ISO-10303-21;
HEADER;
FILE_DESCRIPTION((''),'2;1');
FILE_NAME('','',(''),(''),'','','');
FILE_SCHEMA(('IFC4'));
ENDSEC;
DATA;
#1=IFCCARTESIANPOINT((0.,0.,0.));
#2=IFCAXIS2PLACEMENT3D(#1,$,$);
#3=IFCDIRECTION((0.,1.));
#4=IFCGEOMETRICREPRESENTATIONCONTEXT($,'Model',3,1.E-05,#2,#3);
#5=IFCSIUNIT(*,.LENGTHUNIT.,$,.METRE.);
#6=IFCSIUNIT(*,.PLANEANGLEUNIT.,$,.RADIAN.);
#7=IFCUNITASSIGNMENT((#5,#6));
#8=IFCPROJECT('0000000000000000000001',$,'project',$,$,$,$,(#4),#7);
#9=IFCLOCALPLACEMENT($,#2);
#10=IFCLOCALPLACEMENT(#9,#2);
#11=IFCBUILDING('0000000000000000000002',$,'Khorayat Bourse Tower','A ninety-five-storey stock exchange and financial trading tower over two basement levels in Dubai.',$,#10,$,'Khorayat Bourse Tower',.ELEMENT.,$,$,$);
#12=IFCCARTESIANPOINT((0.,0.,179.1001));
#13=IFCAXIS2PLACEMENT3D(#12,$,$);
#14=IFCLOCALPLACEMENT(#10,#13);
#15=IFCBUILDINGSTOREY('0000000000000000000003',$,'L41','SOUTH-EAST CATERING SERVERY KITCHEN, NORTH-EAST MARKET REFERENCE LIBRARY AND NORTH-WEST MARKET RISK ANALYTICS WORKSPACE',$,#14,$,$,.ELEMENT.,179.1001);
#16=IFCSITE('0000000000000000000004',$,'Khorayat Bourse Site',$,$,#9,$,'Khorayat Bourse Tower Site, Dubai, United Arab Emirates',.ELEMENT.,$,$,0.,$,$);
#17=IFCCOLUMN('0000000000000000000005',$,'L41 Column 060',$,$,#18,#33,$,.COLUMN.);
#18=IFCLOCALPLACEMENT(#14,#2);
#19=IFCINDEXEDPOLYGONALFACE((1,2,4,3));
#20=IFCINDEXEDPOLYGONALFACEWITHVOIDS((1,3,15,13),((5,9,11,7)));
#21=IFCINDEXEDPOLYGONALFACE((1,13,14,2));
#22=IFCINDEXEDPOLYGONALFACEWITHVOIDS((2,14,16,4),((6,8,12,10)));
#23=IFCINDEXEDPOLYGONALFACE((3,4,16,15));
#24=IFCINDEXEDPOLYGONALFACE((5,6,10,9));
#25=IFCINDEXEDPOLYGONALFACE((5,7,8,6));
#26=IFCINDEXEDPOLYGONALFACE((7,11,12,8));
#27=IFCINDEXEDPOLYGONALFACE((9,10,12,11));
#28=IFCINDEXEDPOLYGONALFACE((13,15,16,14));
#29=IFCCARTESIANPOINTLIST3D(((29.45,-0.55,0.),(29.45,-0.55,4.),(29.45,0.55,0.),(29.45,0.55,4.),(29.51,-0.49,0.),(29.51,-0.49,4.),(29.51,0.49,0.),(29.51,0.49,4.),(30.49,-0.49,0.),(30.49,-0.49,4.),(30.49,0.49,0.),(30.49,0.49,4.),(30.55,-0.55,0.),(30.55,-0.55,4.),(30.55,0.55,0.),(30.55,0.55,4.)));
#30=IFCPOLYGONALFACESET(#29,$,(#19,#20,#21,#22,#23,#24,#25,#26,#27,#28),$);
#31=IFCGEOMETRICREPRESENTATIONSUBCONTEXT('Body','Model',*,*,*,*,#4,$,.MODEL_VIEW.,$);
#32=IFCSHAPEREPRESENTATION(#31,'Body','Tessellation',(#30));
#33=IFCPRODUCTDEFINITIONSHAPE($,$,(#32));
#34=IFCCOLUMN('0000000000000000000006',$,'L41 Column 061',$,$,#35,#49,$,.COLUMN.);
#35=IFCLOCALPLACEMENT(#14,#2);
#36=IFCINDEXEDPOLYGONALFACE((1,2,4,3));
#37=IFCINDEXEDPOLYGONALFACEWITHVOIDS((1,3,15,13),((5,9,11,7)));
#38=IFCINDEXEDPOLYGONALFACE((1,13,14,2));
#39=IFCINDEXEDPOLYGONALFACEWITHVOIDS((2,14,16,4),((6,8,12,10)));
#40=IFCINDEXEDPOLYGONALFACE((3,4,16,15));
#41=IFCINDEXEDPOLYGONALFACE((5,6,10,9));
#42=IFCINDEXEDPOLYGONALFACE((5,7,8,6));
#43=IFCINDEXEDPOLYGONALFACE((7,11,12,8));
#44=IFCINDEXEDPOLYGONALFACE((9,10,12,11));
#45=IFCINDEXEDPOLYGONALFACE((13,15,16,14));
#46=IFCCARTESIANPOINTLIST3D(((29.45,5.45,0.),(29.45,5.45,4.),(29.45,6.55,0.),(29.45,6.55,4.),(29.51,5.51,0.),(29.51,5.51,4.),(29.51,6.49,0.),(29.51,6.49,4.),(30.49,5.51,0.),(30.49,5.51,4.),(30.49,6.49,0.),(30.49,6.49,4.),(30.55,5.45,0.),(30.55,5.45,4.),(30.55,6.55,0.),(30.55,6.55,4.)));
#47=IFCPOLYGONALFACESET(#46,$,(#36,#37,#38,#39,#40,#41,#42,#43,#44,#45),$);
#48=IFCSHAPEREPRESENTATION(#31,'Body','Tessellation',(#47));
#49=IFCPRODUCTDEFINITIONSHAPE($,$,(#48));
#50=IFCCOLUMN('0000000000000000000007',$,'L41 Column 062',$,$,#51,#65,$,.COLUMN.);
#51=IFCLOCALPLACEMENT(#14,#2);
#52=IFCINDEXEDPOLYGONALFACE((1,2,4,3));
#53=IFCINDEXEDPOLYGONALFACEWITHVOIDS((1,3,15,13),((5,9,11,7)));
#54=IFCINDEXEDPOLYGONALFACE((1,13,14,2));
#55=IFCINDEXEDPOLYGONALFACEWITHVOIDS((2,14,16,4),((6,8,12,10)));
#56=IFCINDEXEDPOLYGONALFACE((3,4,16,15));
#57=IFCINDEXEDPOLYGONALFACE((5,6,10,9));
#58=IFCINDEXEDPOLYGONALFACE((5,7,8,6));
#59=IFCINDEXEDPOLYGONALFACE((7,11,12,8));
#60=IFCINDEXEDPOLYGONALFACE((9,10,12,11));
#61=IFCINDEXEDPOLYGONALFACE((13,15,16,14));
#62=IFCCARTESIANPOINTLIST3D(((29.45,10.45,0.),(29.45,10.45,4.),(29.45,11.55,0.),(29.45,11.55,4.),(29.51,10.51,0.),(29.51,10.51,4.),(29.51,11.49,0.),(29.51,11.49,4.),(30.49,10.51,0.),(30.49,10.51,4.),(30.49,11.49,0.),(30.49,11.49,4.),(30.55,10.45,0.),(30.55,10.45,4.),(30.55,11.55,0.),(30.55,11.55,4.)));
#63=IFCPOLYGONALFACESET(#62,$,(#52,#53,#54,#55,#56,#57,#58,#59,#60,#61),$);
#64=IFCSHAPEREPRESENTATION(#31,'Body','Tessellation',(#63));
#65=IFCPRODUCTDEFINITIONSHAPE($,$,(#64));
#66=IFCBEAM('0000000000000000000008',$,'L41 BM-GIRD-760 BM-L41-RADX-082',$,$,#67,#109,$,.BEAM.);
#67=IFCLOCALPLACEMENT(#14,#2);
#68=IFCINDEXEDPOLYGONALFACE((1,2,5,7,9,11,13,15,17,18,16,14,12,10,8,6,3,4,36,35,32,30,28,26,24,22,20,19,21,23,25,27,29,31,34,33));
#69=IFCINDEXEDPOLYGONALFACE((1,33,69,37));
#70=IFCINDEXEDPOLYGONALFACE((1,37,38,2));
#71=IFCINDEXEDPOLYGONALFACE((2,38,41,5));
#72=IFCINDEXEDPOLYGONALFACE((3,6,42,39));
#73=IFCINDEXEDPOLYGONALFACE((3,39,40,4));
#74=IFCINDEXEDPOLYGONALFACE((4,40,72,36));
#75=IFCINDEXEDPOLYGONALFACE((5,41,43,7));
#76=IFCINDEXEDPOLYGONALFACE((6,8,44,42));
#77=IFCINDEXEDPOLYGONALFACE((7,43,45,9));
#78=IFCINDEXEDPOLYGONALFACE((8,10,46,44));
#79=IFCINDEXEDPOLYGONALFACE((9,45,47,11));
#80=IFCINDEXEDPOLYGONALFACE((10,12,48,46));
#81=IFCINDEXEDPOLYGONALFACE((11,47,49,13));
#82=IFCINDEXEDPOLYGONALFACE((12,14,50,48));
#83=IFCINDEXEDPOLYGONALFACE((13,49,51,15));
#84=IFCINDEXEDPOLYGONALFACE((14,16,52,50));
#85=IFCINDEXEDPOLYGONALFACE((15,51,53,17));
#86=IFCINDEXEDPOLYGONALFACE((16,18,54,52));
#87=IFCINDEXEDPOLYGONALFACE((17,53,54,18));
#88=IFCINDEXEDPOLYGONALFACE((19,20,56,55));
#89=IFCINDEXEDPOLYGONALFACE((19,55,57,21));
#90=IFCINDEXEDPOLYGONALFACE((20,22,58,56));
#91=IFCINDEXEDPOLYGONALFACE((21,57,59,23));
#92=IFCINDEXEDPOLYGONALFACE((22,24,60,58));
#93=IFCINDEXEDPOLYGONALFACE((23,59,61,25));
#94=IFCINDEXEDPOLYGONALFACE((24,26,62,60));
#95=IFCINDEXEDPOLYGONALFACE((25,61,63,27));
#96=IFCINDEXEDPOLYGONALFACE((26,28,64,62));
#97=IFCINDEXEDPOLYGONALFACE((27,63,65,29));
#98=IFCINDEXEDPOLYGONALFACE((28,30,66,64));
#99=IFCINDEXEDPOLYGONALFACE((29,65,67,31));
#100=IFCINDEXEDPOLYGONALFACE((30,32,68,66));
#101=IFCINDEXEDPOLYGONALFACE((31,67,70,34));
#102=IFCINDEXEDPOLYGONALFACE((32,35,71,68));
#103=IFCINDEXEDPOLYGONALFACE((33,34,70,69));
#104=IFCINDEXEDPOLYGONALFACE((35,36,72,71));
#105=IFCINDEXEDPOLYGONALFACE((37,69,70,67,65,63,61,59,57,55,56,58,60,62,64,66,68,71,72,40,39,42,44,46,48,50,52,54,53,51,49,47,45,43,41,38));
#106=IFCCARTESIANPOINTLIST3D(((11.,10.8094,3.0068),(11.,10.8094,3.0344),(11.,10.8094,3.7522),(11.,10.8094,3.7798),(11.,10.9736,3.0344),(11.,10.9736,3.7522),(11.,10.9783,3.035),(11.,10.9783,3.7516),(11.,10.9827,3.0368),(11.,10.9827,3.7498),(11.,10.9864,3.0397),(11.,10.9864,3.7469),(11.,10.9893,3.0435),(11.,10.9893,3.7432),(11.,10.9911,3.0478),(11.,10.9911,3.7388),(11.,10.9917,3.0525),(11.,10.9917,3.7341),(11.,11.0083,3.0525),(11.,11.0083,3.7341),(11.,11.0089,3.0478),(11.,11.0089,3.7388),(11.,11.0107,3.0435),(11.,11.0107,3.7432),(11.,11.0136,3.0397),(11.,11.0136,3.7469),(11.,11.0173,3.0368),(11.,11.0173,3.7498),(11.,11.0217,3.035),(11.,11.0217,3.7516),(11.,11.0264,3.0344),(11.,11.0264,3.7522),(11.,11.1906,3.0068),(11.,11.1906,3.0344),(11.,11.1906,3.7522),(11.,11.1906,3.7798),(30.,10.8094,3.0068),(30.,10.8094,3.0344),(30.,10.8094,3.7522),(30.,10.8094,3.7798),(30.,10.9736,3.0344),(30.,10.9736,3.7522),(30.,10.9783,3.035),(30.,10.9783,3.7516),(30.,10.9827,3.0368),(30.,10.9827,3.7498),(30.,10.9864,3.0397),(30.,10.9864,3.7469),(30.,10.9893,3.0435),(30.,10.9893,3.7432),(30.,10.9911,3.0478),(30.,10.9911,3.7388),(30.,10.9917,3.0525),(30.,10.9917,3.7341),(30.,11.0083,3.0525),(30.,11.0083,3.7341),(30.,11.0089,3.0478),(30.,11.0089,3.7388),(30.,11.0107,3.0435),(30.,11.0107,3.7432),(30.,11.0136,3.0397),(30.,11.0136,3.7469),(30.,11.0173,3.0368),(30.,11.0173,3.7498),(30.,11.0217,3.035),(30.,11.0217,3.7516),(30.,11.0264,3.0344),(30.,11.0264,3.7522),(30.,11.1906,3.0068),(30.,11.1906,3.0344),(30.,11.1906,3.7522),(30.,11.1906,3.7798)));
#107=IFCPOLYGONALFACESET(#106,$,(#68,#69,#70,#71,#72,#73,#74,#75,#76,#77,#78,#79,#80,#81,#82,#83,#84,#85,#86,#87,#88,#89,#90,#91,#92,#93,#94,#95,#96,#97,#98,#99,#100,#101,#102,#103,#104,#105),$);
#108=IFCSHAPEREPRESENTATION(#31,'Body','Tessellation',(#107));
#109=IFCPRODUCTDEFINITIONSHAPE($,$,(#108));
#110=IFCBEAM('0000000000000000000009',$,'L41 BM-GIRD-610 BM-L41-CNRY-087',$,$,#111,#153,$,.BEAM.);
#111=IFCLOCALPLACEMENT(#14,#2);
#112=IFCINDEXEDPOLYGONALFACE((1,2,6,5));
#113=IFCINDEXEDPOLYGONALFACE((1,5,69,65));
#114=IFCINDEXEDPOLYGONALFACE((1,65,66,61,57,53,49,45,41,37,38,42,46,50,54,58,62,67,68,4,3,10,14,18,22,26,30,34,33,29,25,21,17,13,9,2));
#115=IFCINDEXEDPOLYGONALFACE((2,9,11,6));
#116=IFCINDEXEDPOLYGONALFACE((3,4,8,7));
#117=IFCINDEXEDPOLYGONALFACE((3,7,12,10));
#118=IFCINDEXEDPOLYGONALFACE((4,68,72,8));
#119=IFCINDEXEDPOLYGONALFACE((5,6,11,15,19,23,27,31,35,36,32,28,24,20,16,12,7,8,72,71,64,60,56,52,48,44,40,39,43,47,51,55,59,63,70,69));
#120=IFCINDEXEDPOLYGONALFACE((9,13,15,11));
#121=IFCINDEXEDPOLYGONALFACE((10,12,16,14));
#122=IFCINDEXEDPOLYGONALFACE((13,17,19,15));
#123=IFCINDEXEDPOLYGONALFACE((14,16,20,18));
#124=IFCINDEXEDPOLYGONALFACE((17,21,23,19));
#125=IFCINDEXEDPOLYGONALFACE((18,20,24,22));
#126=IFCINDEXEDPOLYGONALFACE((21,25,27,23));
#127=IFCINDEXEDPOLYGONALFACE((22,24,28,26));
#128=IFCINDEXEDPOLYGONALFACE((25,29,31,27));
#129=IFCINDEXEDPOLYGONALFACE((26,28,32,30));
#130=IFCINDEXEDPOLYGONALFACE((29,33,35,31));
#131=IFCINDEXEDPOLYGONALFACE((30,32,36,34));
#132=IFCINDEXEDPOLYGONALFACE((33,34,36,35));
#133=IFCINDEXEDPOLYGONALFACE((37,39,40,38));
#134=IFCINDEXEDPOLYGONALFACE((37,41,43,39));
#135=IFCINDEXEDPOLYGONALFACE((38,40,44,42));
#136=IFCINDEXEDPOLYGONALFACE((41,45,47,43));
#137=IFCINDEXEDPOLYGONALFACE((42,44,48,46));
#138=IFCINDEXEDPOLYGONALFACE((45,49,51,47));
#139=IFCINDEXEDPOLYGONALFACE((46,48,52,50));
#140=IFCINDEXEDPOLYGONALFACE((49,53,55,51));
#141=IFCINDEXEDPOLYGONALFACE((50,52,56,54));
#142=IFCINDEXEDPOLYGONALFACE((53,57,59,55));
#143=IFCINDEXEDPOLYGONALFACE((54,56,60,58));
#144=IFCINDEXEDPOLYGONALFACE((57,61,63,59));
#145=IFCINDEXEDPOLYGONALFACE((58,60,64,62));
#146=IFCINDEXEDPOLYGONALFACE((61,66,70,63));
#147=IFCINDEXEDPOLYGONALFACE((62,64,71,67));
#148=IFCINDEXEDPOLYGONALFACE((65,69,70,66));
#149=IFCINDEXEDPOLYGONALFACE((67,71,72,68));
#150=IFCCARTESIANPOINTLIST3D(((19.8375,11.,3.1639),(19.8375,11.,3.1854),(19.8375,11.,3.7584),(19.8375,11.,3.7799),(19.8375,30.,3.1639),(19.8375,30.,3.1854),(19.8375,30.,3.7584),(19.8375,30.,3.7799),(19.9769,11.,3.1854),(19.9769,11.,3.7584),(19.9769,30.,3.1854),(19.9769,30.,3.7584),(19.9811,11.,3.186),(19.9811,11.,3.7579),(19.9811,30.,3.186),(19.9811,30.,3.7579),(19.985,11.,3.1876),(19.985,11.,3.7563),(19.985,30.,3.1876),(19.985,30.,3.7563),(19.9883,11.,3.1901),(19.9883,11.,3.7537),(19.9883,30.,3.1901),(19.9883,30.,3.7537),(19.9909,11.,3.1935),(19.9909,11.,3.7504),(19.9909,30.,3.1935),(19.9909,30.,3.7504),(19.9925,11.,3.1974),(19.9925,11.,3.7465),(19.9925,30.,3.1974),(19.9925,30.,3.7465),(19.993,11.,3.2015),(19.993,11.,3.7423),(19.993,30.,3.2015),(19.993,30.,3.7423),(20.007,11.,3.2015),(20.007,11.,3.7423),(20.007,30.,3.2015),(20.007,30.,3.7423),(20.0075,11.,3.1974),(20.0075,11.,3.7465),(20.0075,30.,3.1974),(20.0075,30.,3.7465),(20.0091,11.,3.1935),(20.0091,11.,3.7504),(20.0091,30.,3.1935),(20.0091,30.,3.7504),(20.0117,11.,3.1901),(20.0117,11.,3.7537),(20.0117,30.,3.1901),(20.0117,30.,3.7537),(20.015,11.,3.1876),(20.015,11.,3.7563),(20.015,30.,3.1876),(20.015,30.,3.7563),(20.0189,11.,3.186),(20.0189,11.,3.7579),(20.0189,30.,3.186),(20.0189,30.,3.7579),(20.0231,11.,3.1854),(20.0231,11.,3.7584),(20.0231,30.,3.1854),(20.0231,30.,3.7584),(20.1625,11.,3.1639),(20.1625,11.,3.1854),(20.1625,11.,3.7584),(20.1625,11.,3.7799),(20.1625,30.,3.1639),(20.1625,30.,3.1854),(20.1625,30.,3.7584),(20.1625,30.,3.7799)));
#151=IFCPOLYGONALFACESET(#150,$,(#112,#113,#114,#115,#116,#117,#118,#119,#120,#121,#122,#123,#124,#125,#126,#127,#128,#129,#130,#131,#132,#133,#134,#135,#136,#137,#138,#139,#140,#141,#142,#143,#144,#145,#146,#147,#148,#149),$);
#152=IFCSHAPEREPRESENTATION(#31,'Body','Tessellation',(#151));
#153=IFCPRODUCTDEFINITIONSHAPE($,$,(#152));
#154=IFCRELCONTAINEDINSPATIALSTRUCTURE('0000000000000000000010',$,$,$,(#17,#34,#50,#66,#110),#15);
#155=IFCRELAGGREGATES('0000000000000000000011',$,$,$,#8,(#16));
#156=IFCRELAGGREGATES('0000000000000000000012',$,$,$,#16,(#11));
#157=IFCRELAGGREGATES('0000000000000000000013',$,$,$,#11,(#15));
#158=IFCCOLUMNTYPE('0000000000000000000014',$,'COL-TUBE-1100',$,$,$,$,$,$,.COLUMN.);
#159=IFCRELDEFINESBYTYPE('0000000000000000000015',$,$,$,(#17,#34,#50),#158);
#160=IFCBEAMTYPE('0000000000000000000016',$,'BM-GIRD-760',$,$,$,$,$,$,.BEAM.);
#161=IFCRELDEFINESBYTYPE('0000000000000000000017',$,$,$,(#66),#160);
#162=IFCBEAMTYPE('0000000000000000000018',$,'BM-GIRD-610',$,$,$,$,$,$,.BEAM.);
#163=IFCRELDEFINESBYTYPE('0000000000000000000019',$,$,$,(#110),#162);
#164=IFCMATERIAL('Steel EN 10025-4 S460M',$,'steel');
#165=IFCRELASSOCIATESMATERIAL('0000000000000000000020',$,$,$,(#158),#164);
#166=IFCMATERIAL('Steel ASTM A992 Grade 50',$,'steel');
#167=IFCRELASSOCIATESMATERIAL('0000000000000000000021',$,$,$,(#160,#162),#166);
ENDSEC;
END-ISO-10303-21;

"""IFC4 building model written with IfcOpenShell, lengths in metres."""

from ifc_helpers import new_model, si_unit, direction, frame, origin, origin_2d, place, context, subcontext, project, spatial, hollow_rectangle, i_section, extrude, source, transform, mapped, material, material_profile, profile_set, type_object, element, save


model = new_model("IFC4")

# Units and contexts
model_context = context("Model", 3, precision=1e-05, world=origin(), true_north=direction((0.0, 1.0)))
body_context = subcontext(model_context, "Body", "Model", "MODEL_VIEW")
ifc_project = project(units=[si_unit("LENGTHUNIT", "METRE"), si_unit("PLANEANGLEUNIT", "RADIAN")], contexts=[model_context])

# Site, building, storey
site_placement = place(None, origin())
site = spatial("IfcSite", under=ifc_project, at=site_placement, Name="Khorayat Bourse Site", LongName="Khorayat Bourse Tower Site, Dubai, United Arab Emirates", CompositionType="ELEMENT", RefElevation=0.0)
building_placement = place(site_placement, origin())
building = spatial("IfcBuilding", under=site, at=building_placement, Name="Khorayat Bourse Tower", Description="A ninety-five-storey stock exchange and financial trading tower over two basement levels in Dubai.", LongName="Khorayat Bourse Tower", CompositionType="ELEMENT")
storey_placement = place(building_placement, frame((0.0, 0.0, 179.1001)))
storey = spatial("IfcBuildingStorey", under=building, at=storey_placement, Name="L41", Description="SOUTH-EAST CATERING SERVERY KITCHEN, NORTH-EAST MARKET REFERENCE LIBRARY AND NORTH-WEST MARKET RISK ANALYTICS WORKSPACE", CompositionType="ELEMENT", Elevation=179.1001)

# Columns
ifc_material_1 = material(Name="Steel EN 10025-4 S460M", Category="steel")
ifc_material_profile_1 = material_profile(ifc_material_1, hollow_rectangle(XDim=1.1001, YDim=1.1001, WallThickness=0.0601, at=origin_2d()), Name="BOX 1100x1100x60")
ifc_profile_set_1 = profile_set([ifc_material_profile_1], Name="Steel EN 10025-4 S460M")
column_type = type_object("IfcColumnType", Name="COL-TUBE-1100", PredefinedType="COLUMN", material=ifc_profile_set_1)
shared_shape_1 = source(origin(), body_context, "Body", "SweptSolid", [
    extrude(hollow_rectangle(XDim=1.1001, YDim=1.1001, WallThickness=0.0601, at=origin_2d()), origin(), (0.0, 0.0, 1.0), 4.0),
])
for number, where, z_axis, x_axis, name in (
    (1, (30.0, 0.0, 0.0), (0.0, 0.0, 1.0), (1.0, 0.0, 0.0), "L41 Column 060"),
    (2, (30.0, 6.0, 0.0), (0.0, 0.0, 1.0), (1.0, 0.0, 0.0), "L41 Column 061"),
    (3, (30.0, 11.0, 0.0), (0.0, 0.0, 1.0), (1.0, 0.0, 0.0), "L41 Column 062"),
):
    element("IfcColumn", number, at=place(storey_placement, frame(where, z_axis=z_axis, x_axis=x_axis)), inside=storey, type_object=column_type, Name=name, PredefinedType="COLUMN", context=body_context, shape_type="MappedRepresentation", body=[
        mapped(shared_shape_1, transform((0.0, 0.0, 0.0), scale=1.0)),
    ])

# Beams
ifc_material_2 = material(Name="Steel ASTM A992 Grade 50", Category="steel")
ifc_material_profile_2 = material_profile(ifc_material_2, i_section(OverallWidth=0.3811, OverallDepth=0.7729, WebThickness=0.0166, FlangeThickness=0.0276, FilletRadius=0.0181, at=origin_2d()), Name="W760X257")
ifc_profile_set_2 = profile_set([ifc_material_profile_2], Name="Steel ASTM A992 Grade 50")
beam_type_1 = type_object("IfcBeamType", Name="BM-GIRD-760", PredefinedType="BEAM", material=ifc_profile_set_2)
shared_shape_2 = source(origin(), body_context, "Body", "SweptSolid", [
    extrude(i_section(OverallWidth=0.3811, OverallDepth=0.7729, WebThickness=0.0166, FlangeThickness=0.0276, FilletRadius=0.0181, at=origin_2d()), origin(), (0.0, 0.0, 1.0), 19.0),
])
beam_1_placement = place(storey_placement, frame((11.0, 11.0, 3.3933), z_axis=(1.0, 0.0, 0.0), x_axis=(0.0, 1.0, 0.0)))
element("IfcBeam", 4, at=beam_1_placement, inside=storey, type_object=beam_type_1, Name="L41 BM-GIRD-760 BM-L41-RADX-082", PredefinedType="BEAM", context=body_context, shape_type="MappedRepresentation", body=[
    mapped(shared_shape_2, transform((0.0, 0.0, 0.0), scale=1.0)),
])
ifc_material_profile_3 = material_profile(ifc_material_2, i_section(OverallWidth=0.325, OverallDepth=0.616, WebThickness=0.0139, FlangeThickness=0.0215, FilletRadius=0.0161, at=origin_2d()), Name="W610X174")
ifc_profile_set_3 = profile_set([ifc_material_profile_3], Name="Steel ASTM A992 Grade 50")
beam_type_2 = type_object("IfcBeamType", Name="BM-GIRD-610", PredefinedType="BEAM", material=ifc_profile_set_3)
shared_shape_3 = source(origin(), body_context, "Body", "SweptSolid", [
    extrude(i_section(OverallWidth=0.325, OverallDepth=0.616, WebThickness=0.0139, FlangeThickness=0.0215, FilletRadius=0.0161, at=origin_2d()), origin(), (0.0, 0.0, 1.0), 19.0),
])
beam_2_placement = place(storey_placement, frame((20.0, 11.0, 3.4719), z_axis=(0.0, 1.0, 0.0), x_axis=(-1.0, 0.0, 0.0)))
element("IfcBeam", 5, at=beam_2_placement, inside=storey, type_object=beam_type_2, Name="L41 BM-GIRD-610 BM-L41-CNRY-087", PredefinedType="BEAM", context=body_context, shape_type="MappedRepresentation", body=[
    mapped(shared_shape_3, transform((0.0, 0.0, 0.0), scale=1.0)),
])

save(model, "model.ifc")
